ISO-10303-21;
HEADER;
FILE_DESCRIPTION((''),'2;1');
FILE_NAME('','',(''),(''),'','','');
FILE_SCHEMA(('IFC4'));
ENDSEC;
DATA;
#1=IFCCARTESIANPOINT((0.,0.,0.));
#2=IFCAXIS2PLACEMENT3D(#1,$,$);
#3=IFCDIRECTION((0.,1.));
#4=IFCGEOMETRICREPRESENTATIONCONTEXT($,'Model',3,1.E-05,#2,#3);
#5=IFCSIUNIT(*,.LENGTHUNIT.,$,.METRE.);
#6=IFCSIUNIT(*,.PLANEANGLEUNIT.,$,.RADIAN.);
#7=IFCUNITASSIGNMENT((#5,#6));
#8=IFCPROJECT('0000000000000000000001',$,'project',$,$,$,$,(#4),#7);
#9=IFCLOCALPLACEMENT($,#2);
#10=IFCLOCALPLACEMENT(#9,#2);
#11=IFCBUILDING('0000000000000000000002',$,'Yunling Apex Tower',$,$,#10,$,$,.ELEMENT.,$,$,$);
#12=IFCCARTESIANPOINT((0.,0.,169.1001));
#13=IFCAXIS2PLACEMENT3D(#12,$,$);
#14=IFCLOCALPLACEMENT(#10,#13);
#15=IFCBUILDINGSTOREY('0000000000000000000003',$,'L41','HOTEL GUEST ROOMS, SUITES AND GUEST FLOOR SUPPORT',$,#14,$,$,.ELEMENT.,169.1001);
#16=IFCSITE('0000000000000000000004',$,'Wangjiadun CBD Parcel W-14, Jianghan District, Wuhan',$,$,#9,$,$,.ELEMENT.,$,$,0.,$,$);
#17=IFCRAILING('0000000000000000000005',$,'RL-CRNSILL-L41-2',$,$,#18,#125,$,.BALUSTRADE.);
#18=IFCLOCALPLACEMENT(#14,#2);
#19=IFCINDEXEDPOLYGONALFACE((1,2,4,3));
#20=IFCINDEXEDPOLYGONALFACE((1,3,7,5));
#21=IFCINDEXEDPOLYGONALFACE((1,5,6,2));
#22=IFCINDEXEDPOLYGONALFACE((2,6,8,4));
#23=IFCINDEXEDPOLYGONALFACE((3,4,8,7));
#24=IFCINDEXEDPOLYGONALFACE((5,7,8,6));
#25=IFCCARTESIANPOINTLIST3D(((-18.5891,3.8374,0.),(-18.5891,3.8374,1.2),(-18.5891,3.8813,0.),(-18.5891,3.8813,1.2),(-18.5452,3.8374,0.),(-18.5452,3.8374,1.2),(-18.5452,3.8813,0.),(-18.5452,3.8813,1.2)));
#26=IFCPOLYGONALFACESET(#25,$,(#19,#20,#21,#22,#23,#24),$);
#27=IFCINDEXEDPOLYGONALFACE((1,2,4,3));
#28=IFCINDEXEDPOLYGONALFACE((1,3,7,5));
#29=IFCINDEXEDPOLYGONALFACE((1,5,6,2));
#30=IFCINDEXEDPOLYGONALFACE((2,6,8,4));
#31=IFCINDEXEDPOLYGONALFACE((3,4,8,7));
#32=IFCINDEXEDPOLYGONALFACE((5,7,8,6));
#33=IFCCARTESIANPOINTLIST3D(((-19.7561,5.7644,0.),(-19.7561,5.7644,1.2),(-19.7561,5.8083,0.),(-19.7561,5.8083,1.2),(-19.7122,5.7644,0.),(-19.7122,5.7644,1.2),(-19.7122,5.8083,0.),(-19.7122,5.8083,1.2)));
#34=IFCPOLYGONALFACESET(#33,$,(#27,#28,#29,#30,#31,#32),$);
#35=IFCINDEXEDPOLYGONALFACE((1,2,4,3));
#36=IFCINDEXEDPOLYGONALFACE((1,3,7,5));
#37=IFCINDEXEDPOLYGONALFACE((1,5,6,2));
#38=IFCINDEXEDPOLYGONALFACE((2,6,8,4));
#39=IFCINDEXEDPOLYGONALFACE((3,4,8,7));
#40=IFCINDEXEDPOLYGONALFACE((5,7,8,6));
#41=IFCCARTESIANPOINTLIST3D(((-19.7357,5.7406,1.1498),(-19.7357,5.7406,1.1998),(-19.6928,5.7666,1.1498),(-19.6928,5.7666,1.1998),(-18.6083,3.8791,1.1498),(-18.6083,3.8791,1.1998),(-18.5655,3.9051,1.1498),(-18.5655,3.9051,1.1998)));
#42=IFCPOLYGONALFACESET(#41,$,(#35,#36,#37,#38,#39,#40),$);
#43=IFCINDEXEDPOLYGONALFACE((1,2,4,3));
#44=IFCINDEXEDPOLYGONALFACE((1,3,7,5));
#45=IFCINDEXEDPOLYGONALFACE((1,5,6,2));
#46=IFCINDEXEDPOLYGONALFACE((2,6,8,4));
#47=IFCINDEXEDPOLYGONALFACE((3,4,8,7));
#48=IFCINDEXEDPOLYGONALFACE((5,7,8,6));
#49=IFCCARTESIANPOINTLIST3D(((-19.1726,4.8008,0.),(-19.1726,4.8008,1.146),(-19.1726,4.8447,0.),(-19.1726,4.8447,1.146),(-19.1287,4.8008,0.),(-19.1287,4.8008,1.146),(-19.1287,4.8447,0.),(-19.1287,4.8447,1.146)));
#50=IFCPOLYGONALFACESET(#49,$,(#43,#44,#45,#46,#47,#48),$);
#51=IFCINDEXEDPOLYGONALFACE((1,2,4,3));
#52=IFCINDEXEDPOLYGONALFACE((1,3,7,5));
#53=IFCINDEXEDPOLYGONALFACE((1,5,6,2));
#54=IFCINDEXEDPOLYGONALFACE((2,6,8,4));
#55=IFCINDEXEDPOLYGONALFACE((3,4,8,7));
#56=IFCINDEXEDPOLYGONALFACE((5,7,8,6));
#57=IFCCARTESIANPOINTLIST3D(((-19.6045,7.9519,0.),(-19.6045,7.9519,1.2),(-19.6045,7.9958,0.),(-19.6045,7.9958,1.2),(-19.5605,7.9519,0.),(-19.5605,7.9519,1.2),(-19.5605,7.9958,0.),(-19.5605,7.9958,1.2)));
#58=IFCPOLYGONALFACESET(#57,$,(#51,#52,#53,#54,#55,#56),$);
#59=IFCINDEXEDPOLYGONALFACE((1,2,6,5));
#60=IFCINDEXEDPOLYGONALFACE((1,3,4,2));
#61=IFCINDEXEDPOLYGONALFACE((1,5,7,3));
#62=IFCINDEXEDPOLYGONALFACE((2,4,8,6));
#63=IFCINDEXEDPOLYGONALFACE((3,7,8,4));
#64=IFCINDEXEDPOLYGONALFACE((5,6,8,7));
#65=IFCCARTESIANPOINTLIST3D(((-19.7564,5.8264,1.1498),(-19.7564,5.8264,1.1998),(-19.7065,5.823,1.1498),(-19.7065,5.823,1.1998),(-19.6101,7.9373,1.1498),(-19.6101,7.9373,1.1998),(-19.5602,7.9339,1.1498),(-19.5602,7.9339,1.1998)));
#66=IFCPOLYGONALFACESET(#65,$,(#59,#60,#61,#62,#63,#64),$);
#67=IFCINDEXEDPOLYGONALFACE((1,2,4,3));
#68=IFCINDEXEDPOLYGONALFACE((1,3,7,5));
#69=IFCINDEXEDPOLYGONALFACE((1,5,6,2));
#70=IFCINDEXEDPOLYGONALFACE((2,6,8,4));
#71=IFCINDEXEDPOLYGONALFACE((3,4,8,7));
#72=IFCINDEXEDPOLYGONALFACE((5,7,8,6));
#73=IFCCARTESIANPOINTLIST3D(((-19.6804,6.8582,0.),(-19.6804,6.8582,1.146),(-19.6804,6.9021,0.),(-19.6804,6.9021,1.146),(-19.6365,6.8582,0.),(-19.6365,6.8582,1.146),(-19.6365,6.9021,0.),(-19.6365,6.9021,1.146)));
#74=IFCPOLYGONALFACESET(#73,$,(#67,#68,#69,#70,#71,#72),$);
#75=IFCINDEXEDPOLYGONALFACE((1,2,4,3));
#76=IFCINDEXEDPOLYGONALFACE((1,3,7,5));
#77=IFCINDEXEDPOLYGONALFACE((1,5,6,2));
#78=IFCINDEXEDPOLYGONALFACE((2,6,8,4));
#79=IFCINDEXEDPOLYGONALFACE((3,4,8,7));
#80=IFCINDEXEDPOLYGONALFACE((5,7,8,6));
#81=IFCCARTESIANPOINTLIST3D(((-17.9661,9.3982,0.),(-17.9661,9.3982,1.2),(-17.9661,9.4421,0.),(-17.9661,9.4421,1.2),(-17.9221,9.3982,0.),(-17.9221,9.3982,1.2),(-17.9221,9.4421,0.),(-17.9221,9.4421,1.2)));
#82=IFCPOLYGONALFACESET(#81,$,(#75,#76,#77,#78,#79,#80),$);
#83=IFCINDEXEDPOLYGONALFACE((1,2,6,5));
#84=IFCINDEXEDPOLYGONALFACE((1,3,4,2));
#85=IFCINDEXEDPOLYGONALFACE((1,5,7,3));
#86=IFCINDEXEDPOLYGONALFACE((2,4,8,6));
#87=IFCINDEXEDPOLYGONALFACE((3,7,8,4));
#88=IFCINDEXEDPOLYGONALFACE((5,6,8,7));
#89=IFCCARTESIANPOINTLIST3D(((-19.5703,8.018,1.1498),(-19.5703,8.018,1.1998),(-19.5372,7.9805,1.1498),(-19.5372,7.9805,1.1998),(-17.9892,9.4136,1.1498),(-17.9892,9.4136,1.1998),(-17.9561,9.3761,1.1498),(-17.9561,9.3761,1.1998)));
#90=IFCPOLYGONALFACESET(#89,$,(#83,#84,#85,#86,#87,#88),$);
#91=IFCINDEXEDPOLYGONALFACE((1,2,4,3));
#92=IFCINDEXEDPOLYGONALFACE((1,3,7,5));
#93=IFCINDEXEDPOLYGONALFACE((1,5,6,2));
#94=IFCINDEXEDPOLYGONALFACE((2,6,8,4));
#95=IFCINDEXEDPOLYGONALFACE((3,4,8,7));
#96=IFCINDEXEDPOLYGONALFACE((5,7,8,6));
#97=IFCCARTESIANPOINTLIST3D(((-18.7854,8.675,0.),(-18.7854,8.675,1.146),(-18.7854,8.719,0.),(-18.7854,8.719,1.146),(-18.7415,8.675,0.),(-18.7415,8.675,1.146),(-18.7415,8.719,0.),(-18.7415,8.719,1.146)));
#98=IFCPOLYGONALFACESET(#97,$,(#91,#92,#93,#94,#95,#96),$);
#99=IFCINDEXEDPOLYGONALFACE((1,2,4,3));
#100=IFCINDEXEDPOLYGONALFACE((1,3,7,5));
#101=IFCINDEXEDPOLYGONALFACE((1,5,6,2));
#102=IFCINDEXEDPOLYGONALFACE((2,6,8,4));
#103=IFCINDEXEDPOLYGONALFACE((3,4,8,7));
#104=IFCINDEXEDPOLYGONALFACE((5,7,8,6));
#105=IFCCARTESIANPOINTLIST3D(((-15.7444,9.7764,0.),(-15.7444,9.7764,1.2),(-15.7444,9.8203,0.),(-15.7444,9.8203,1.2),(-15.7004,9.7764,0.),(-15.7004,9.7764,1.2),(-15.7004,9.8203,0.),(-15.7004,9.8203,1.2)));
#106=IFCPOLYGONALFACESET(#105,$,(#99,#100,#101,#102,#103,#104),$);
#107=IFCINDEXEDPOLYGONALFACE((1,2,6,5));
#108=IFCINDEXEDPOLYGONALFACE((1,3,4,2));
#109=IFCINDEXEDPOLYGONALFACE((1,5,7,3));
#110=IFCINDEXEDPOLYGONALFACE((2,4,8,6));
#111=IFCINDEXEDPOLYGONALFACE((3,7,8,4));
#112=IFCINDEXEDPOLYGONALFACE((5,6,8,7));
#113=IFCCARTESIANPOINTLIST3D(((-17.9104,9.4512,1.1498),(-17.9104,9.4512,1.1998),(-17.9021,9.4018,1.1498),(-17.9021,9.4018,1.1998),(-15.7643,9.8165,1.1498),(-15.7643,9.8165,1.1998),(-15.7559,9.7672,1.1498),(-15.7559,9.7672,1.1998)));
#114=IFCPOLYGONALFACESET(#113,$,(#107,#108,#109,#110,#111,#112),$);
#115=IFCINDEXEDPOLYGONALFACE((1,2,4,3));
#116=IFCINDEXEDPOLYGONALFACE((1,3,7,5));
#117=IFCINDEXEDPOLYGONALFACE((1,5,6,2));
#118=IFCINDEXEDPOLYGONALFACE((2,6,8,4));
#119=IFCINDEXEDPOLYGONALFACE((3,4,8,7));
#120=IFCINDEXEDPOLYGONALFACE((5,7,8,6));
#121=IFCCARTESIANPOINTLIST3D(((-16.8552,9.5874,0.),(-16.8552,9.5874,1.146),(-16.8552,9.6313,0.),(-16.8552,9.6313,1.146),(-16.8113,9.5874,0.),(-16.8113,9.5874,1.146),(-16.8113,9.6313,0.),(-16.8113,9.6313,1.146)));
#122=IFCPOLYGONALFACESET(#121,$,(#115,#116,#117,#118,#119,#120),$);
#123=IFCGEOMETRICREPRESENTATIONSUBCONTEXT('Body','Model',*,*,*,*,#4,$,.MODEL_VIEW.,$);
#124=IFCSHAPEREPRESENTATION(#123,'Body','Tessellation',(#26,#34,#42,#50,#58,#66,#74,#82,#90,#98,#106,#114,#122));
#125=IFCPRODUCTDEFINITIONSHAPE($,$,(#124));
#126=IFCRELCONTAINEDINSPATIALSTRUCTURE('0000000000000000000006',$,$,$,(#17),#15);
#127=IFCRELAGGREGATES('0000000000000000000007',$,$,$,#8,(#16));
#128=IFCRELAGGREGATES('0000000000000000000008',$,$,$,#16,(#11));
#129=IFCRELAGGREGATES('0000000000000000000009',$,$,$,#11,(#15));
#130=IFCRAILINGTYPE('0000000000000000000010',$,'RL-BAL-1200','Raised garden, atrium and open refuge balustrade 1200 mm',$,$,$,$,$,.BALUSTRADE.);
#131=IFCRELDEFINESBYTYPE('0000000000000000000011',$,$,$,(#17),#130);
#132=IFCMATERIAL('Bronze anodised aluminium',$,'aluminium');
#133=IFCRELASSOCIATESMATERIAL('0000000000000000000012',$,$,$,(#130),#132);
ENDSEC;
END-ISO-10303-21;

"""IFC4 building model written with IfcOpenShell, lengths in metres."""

from ifc_helpers import new_model, si_unit, direction, frame, origin, origin_2d, place, context, subcontext, project, spatial, rectangle, extrude, material, type_object, element, save


model = new_model("IFC4")

# Units and contexts
model_context = context("Model", 3, precision=1e-05, world=origin(), true_north=direction((0.0, 1.0)))
body_context = subcontext(model_context, "Body", "Model", "MODEL_VIEW")
ifc_project = project(units=[si_unit("LENGTHUNIT", "METRE"), si_unit("PLANEANGLEUNIT", "RADIAN")], contexts=[model_context])

# Site, building, storey
site_placement = place(None, origin())
site = spatial("IfcSite", under=ifc_project, at=site_placement, Name="Wangjiadun CBD Parcel W-14, Jianghan District, Wuhan", CompositionType="ELEMENT", RefElevation=0.0)
building_placement = place(site_placement, origin())
building = spatial("IfcBuilding", under=site, at=building_placement, Name="Yunling Apex Tower", CompositionType="ELEMENT")
storey_placement = place(building_placement, frame((0.0, 0.0, 169.1001)))
storey = spatial("IfcBuildingStorey", under=building, at=storey_placement, Name="L41", Description="HOTEL GUEST ROOMS, SUITES AND GUEST FLOOR SUPPORT", CompositionType="ELEMENT", Elevation=169.1001)

# Shared definitions
ifc_material_1 = material(Name="Bronze anodised aluminium", Category="aluminium")

# Railing
railing_type = type_object("IfcRailingType", Name="RL-BAL-1200", Description="Raised garden, atrium and open refuge balustrade 1200 mm", PredefinedType="BALUSTRADE", material=ifc_material_1)
railing_placement = place(storey_placement, frame((-18.5671, 3.8594, 0.0)))
element("IfcRailing", 1, at=railing_placement, inside=storey, type_object=railing_type, Name="RL-CRNSILL-L41-2", PredefinedType="BALUSTRADE", context=body_context, shape_type="SweptSolid", body=[
    extrude(rectangle(XDim=0.0439, YDim=0.0439, at=origin_2d()), origin(), (0.0, 0.0, 1.0), 1.2),
    extrude(rectangle(XDim=0.0439, YDim=0.0439, at=origin_2d()), frame((-1.167, 1.927, 0.0)), (0.0, 0.0, 1.0), 1.2),
    extrude(rectangle(XDim=0.05, YDim=0.05, at=origin_2d()), frame((-0.0198, 0.0327, 1.1748), z_axis=(-0.518013, 0.855372, 0.0), x_axis=(-0.855372, -0.518013, 0.0)), (0.0, 0.0, 1.0), 2.1763),
    extrude(rectangle(XDim=0.0439, YDim=0.0439, at=origin_2d()), frame((-0.5835, 0.9634, 0.0)), (0.0, 0.0, 1.0), 1.146),
    extrude(rectangle(XDim=0.0439, YDim=0.0439, at=origin_2d()), frame((-1.0154, 4.1145, 0.0)), (0.0, 0.0, 1.0), 1.2),
    extrude(rectangle(XDim=0.05, YDim=0.05, at=origin_2d()), frame((-1.1643, 1.9653, 1.1748), z_axis=(0.069142, 0.997607, 0.0), x_axis=(-0.997607, 0.069142, 0.0)), (0.0, 0.0, 1.0), 2.116),
    extrude(rectangle(XDim=0.0439, YDim=0.0439, at=origin_2d()), frame((-1.0913, 3.0208, 0.0)), (0.0, 0.0, 1.0), 1.146),
    extrude(rectangle(XDim=0.0439, YDim=0.0439, at=origin_2d()), frame((0.623, 5.5608, 0.0)), (0.0, 0.0, 1.0), 1.2),
    extrude(rectangle(XDim=0.05, YDim=0.05, at=origin_2d()), frame((-0.9866, 4.1399, 1.1748), z_axis=(0.749698, 0.66178, 0.0), x_axis=(-0.66178, 0.749698, 0.0)), (0.0, 0.0, 1.0), 2.1089),
    extrude(rectangle(XDim=0.0439, YDim=0.0439, at=origin_2d()), frame((-0.1963, 4.8376, 0.0)), (0.0, 0.0, 1.0), 1.146),
    extrude(rectangle(XDim=0.0439, YDim=0.0439, at=origin_2d()), frame((2.8447, 5.939, 0.0)), (0.0, 0.0, 1.0), 1.2),
    extrude(rectangle(XDim=0.05, YDim=0.05, at=origin_2d()), frame((0.6609, 5.5671, 1.1748), z_axis=(0.98582, 0.167806, 0.0), x_axis=(-0.167806, 0.98582, 0.0)), (0.0, 0.0, 1.0), 2.177),
    extrude(rectangle(XDim=0.0439, YDim=0.0439, at=origin_2d()), frame((1.7339, 5.75, 0.0)), (0.0, 0.0, 1.0), 1.146),
])

save(model, "model.ifc")
